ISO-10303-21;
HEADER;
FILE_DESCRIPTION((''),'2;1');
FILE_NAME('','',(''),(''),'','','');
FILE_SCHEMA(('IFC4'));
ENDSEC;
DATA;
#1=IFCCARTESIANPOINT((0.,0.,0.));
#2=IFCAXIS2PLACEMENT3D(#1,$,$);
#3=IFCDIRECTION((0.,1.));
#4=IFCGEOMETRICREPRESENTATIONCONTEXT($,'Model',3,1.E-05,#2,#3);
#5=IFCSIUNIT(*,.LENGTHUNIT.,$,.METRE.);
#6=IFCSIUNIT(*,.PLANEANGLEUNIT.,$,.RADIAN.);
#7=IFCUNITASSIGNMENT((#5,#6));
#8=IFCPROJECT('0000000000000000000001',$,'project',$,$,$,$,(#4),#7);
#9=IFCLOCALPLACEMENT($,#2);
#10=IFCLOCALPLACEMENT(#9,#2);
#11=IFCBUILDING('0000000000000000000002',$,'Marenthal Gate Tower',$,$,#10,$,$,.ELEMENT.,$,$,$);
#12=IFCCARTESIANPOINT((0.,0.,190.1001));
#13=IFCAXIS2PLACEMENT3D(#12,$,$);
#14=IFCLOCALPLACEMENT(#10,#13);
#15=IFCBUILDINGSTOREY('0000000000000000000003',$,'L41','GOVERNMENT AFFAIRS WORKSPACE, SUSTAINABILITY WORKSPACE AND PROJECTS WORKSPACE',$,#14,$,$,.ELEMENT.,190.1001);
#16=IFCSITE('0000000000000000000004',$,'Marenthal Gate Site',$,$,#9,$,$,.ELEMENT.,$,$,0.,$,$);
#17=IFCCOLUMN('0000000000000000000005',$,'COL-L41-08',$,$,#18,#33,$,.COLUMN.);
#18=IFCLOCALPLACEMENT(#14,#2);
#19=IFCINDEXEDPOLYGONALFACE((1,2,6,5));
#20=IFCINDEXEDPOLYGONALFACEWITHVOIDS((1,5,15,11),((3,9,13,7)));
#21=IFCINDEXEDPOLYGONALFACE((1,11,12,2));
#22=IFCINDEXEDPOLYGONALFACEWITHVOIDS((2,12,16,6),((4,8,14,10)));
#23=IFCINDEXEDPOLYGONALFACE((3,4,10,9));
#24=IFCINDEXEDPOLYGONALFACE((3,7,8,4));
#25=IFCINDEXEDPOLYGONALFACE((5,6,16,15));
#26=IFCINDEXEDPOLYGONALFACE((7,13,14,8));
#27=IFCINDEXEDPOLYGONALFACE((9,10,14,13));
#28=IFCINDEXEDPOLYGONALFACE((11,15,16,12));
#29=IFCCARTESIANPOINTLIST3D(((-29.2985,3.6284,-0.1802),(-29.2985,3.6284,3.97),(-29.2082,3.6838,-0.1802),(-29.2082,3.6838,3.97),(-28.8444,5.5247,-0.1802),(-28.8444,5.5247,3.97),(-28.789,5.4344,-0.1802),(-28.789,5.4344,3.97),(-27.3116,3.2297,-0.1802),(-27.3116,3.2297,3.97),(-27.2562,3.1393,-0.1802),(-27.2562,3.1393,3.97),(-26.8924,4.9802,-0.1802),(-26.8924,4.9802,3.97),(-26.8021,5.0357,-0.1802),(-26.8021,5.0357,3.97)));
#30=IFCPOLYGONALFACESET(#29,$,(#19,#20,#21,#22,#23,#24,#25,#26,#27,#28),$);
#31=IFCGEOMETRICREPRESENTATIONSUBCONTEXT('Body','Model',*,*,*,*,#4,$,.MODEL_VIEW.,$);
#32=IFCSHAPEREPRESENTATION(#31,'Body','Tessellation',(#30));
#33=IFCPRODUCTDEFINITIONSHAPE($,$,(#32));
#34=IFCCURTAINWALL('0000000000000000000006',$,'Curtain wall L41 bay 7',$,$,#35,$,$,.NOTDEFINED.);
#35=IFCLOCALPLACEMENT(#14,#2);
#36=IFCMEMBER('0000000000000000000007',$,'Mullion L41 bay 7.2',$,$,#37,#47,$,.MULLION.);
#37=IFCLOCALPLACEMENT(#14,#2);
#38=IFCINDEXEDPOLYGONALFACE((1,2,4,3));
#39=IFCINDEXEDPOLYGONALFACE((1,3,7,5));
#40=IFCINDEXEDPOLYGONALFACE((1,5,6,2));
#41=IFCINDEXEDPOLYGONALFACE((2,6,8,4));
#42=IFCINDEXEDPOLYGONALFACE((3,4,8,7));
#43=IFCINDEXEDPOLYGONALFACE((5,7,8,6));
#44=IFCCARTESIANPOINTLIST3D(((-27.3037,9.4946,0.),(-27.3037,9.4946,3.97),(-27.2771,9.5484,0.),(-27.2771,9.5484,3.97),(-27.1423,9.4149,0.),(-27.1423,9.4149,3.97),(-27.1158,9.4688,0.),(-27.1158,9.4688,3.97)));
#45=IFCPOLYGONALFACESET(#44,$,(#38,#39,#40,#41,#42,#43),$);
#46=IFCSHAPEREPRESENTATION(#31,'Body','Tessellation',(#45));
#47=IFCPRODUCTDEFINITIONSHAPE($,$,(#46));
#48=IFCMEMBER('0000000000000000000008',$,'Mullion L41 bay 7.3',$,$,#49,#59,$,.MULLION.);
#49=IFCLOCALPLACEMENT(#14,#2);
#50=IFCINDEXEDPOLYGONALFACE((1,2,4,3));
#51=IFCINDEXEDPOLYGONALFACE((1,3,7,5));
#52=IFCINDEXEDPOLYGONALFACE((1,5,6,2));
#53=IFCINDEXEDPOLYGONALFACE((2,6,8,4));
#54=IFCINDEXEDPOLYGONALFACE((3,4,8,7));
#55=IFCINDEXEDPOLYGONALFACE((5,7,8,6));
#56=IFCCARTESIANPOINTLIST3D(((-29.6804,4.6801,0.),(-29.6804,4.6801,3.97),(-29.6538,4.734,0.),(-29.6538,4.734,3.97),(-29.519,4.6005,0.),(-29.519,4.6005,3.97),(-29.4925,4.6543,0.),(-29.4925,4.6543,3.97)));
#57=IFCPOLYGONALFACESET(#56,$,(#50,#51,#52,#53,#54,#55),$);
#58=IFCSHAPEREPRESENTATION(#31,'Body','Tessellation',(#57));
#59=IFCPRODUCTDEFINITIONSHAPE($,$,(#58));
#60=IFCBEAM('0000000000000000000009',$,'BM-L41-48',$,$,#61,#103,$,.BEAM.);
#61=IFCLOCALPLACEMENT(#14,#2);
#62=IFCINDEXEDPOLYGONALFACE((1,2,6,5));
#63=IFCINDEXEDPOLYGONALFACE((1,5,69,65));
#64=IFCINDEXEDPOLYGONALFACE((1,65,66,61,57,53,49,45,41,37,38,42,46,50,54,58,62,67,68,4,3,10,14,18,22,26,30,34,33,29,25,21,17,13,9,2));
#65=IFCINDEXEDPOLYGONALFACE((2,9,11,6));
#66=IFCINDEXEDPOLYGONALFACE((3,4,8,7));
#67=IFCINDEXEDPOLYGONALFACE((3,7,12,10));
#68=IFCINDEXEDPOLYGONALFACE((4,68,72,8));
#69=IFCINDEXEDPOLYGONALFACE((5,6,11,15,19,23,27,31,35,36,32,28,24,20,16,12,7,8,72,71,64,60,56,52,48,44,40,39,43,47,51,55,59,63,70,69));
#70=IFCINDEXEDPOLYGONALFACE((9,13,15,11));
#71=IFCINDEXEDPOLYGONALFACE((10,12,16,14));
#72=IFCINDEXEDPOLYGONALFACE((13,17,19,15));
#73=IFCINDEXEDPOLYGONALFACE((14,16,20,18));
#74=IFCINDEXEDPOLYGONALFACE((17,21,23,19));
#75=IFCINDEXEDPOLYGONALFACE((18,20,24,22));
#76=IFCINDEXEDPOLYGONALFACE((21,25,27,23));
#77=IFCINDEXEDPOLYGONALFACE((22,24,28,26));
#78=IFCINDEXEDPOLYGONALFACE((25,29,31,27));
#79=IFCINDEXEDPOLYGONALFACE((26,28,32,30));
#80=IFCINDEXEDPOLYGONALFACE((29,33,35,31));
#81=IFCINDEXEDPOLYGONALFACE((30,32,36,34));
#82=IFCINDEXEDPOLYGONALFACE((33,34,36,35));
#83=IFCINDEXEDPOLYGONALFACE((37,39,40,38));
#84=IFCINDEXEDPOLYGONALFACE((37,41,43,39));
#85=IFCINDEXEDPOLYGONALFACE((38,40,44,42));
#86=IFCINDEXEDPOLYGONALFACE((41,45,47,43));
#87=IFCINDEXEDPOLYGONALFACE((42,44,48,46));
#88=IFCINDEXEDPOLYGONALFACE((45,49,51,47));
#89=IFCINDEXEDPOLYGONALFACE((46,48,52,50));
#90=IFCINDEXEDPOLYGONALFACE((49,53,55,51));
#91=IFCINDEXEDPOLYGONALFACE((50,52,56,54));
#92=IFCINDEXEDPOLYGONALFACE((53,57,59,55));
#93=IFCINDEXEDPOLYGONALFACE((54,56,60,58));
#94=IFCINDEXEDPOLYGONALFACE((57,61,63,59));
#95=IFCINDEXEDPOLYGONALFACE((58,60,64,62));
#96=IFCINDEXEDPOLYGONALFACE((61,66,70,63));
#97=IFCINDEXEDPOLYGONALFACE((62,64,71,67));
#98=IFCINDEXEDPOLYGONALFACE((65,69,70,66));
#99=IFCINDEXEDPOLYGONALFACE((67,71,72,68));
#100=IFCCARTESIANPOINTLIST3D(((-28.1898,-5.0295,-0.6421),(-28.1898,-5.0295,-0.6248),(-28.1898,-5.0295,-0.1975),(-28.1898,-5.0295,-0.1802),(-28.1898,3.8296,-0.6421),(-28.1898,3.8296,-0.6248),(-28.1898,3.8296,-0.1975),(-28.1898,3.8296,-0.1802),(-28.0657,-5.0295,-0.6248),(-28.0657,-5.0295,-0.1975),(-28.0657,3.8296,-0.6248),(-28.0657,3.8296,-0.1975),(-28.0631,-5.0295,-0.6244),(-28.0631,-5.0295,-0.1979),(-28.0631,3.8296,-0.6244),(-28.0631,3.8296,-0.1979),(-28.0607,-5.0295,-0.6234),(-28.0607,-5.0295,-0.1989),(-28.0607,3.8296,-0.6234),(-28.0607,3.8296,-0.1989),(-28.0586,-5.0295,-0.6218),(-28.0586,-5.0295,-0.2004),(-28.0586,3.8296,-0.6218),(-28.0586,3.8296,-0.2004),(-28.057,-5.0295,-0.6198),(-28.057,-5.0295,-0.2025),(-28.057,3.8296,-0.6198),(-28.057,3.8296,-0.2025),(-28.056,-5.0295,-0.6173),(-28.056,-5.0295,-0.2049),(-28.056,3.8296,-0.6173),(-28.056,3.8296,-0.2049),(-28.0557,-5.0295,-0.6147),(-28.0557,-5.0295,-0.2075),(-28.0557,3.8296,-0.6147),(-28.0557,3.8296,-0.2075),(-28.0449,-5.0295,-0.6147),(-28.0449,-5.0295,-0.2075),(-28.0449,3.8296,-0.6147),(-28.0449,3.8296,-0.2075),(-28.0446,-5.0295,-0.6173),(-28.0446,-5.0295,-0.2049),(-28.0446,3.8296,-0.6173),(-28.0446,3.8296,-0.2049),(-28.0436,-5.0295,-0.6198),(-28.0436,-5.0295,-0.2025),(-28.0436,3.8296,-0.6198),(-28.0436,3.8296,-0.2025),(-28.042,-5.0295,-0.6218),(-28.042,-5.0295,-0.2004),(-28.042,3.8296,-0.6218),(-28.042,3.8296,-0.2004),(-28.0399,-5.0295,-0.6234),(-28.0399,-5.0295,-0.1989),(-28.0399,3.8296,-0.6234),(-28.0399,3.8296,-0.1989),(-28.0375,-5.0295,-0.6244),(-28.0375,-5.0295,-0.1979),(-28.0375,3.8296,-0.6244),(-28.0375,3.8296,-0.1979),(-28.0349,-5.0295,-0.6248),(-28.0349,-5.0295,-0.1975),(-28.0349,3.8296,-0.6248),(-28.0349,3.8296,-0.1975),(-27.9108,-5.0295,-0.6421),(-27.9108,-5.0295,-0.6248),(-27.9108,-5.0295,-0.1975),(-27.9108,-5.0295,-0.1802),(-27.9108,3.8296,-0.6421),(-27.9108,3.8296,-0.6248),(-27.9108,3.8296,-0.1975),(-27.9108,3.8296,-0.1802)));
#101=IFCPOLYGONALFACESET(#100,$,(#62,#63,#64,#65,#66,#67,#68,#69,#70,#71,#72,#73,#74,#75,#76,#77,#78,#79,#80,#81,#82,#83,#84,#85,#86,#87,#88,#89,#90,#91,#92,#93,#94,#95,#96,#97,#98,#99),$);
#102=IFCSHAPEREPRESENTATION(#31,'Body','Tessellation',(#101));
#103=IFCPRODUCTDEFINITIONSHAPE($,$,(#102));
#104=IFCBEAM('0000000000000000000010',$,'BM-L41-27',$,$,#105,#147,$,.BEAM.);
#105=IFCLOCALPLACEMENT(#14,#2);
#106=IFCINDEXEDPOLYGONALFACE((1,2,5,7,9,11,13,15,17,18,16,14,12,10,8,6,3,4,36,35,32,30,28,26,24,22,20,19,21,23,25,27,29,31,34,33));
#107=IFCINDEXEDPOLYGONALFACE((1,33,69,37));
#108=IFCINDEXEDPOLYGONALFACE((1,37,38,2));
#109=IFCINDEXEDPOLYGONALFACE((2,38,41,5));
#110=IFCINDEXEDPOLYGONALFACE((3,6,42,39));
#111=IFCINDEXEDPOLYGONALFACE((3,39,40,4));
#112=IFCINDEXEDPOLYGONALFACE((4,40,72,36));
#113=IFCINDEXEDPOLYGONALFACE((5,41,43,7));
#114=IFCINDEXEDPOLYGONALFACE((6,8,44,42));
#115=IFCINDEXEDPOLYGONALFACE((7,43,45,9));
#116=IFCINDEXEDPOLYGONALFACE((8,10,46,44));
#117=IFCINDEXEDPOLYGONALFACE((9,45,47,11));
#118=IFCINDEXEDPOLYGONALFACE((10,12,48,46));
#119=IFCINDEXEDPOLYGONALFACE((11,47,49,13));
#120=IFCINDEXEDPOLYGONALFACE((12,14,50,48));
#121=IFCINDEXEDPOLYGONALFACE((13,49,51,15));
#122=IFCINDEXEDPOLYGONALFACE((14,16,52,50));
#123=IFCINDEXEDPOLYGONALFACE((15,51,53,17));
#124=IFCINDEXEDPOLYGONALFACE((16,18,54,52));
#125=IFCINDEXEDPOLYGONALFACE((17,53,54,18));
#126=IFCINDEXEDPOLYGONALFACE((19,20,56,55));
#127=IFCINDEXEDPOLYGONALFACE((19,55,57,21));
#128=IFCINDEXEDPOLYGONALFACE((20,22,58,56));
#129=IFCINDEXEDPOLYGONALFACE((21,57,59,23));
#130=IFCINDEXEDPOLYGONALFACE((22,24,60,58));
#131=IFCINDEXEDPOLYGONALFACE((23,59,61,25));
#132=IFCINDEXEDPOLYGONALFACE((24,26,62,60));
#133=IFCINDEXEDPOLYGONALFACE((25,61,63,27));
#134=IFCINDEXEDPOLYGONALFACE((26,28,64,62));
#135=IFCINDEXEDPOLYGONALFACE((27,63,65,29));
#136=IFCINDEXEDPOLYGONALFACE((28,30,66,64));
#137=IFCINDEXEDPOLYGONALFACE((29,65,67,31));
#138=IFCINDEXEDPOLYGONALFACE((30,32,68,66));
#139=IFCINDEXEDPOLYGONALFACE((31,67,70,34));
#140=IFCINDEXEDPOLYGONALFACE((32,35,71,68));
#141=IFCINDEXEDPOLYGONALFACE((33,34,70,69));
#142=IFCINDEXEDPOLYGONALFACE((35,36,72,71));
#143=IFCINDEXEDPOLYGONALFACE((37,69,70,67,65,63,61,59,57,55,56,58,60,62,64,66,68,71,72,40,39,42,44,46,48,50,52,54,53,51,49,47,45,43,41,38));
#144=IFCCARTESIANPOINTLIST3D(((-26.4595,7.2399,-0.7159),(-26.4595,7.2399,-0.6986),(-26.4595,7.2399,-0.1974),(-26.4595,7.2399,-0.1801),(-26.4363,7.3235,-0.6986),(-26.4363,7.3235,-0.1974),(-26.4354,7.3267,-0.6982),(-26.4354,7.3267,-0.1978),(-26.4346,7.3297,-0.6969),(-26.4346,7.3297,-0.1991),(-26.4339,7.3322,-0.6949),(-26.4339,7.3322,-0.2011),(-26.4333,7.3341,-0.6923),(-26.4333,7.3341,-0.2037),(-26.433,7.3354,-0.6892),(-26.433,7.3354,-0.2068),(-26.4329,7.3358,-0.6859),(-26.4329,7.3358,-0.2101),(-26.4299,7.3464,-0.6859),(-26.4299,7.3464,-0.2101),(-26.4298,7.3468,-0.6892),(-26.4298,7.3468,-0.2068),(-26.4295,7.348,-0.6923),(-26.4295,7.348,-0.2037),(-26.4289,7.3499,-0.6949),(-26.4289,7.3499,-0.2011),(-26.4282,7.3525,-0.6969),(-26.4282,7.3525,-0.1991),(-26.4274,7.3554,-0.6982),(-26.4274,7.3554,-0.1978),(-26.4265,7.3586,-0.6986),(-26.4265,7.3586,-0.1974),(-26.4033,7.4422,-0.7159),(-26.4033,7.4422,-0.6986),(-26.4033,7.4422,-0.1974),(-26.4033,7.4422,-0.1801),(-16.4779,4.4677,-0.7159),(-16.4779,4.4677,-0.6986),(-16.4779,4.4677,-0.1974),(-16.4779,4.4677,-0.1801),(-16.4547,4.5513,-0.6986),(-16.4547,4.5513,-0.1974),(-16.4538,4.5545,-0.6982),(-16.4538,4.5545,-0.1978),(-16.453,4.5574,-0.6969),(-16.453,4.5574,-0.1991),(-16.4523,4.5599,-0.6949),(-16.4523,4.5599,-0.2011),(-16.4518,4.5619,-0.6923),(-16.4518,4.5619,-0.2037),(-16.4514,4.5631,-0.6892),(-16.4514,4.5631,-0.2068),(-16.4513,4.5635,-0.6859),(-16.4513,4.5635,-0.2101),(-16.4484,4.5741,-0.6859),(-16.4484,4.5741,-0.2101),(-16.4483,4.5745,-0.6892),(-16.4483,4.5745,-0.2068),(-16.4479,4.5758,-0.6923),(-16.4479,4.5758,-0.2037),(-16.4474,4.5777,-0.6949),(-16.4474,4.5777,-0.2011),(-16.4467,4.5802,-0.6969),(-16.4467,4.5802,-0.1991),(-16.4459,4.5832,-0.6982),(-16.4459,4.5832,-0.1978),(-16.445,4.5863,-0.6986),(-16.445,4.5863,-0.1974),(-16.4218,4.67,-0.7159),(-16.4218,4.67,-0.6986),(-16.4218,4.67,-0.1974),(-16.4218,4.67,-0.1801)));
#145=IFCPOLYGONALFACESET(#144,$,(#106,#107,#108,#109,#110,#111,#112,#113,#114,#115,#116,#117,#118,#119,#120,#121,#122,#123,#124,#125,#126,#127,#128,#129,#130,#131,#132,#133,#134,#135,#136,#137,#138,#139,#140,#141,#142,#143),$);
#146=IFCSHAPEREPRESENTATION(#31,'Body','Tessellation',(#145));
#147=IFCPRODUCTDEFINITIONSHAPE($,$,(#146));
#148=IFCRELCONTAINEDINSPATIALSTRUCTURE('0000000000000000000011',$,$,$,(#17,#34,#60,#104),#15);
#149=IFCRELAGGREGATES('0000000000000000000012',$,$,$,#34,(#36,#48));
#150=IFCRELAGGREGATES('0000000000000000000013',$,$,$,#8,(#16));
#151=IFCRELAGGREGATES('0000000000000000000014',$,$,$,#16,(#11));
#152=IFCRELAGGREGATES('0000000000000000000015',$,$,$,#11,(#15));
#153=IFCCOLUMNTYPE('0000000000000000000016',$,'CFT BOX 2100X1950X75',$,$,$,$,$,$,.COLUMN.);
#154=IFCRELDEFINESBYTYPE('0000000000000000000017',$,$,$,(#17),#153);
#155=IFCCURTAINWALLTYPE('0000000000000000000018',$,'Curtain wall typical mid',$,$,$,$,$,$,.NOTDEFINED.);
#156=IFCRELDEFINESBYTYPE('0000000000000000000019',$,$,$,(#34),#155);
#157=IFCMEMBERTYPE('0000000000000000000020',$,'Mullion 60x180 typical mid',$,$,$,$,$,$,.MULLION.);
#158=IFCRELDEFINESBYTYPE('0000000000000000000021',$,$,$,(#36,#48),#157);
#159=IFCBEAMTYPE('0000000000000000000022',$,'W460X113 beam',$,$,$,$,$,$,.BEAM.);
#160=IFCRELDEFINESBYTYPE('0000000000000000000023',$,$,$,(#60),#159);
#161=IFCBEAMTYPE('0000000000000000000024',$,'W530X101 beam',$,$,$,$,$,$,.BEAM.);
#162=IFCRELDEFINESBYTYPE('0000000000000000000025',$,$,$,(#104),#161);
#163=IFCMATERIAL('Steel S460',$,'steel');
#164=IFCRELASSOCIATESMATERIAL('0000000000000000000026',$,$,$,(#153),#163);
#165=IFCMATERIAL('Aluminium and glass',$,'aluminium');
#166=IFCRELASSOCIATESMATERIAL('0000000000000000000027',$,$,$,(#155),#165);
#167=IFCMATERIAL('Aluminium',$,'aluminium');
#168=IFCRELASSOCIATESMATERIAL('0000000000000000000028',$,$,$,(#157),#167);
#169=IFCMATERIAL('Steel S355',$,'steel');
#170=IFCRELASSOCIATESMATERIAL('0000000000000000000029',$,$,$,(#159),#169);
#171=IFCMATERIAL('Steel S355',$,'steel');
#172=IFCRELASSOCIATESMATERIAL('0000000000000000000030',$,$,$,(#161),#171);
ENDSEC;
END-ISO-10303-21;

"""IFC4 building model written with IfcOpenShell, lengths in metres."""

from ifc_helpers import new_model, si_unit, direction, frame, origin, origin_2d, place, context, subcontext, project, spatial, rectangle, hollow_rectangle, i_section, extrude, material, material_profile, profile_set, type_object, element, aggregate, save


model = new_model("IFC4")

# Units and contexts
model_context = context("Model", 3, precision=1e-05, world=origin(), true_north=direction((0.0, 1.0)))
body_context = subcontext(model_context, "Body", "Model", "MODEL_VIEW")
ifc_project = project(units=[si_unit("LENGTHUNIT", "METRE"), si_unit("PLANEANGLEUNIT", "RADIAN")], contexts=[model_context])

# Site, building, storey
site_placement = place(None, origin())
site = spatial("IfcSite", under=ifc_project, at=site_placement, Name="Marenthal Gate Site", CompositionType="ELEMENT", RefElevation=0.0)
building_placement = place(site_placement, origin())
building = spatial("IfcBuilding", under=site, at=building_placement, Name="Marenthal Gate Tower", CompositionType="ELEMENT")
storey_placement = place(building_placement, frame((0.0, 0.0, 190.1001)))
storey = spatial("IfcBuildingStorey", under=building, at=storey_placement, Name="L41", Description="GOVERNMENT AFFAIRS WORKSPACE, SUSTAINABILITY WORKSPACE AND PROJECTS WORKSPACE", CompositionType="ELEMENT", Elevation=190.1001)

# Column
ifc_material_1 = material(Name="Steel S460", Category="steel")
ifc_material_profile_1 = material_profile(ifc_material_1, hollow_rectangle(XDim=1.95, YDim=2.1001, WallThickness=0.075, at=origin_2d()), Name="CFT BOX 2100X1950X75")
ifc_material_2 = material(Name="Concrete 70 MPa", Category="concrete")
ifc_material_profile_2 = material_profile(ifc_material_2, rectangle(XDim=1.8, YDim=1.95, at=origin_2d()), Name="CFT BOX 2100X1950X75 INFILL")
ifc_profile_set_1 = profile_set([ifc_material_profile_1, ifc_material_profile_2], Name="Steel S460 shell, Concrete 70 MPa infill")
column_type = type_object("IfcColumnType", Name="CFT BOX 2100X1950X75", PredefinedType="COLUMN", material=ifc_profile_set_1)
column_placement = place(storey_placement, frame((-28.0503, 4.332, -0.1802), z_axis=(0.0, 0.0, 1.0), x_axis=(0.23288, 0.972505, 0.0)))
element("IfcColumn", 1, at=column_placement, inside=storey, type_object=column_type, Name="COL-L41-08", PredefinedType="COLUMN", context=body_context, shape_type="SweptSolid", body=[
    extrude(hollow_rectangle(XDim=1.95, YDim=2.1001, WallThickness=0.075, at=origin_2d()), origin(), (0.0, 0.0, 1.0), 4.1501),
])

# Curtain wall, members
ifc_material_3 = material(Name="Aluminium and glass", Category="aluminium")
curtain_wall_type = type_object("IfcCurtainWallType", Name="Curtain wall typical mid", PredefinedType="NOTDEFINED", material=ifc_material_3)
curtain_wall_placement = place(storey_placement, origin())
curtain_wall = element("IfcCurtainWall", 2, at=curtain_wall_placement, inside=storey, type_object=curtain_wall_type, Name="Curtain wall L41 bay 7", PredefinedType="NOTDEFINED")
ifc_material_4 = material(Name="Aluminium", Category="aluminium")
ifc_material_profile_3 = material_profile(ifc_material_4, rectangle(XDim=0.1799, YDim=0.0601, at=origin_2d()), Name="60x180 aluminium mullion")
ifc_profile_set_2 = profile_set([ifc_material_profile_3], Name="Aluminium")
member_type = type_object("IfcMemberType", Name="Mullion 60x180 typical mid", PredefinedType="MULLION", material=ifc_profile_set_2)
member_1_placement = place(storey_placement, frame((-27.2097, 9.4817, 0.0), z_axis=(0.0, 0.0, 1.0), x_axis=(0.896681, -0.442678, 0.0)))
member_1 = element("IfcMember", 3, at=member_1_placement, type_object=member_type, Name="Mullion L41 bay 7.2", PredefinedType="MULLION", context=body_context, shape_type="SweptSolid", body=[
    extrude(rectangle(XDim=0.1799, YDim=0.0601, at=origin_2d()), origin(), (0.0, 0.0, 1.0), 3.97),
])
member_2_placement = place(storey_placement, frame((-29.5864, 4.6672, 0.0), z_axis=(0.0, 0.0, 1.0), x_axis=(0.896681, -0.442678, 0.0)))
member_2 = element("IfcMember", 4, at=member_2_placement, type_object=member_type, Name="Mullion L41 bay 7.3", PredefinedType="MULLION", context=body_context, shape_type="SweptSolid", body=[
    extrude(rectangle(XDim=0.1799, YDim=0.0601, at=origin_2d()), origin(), (0.0, 0.0, 1.0), 3.97),
])

# Beams
ifc_material_5 = material(Name="Steel S355", Category="steel")
ifc_material_profile_4 = material_profile(ifc_material_5, i_section(OverallWidth=0.2791, OverallDepth=0.4619, WebThickness=0.0107, FlangeThickness=0.0173, FilletRadius=0.01, at=origin_2d()), Name="W460X113")
ifc_profile_set_3 = profile_set([ifc_material_profile_4], Name="Steel S355")
beam_type_1 = type_object("IfcBeamType", Name="W460X113 beam", PredefinedType="BEAM", material=ifc_profile_set_3)
beam_1_placement = place(storey_placement, frame((-28.0503, 3.8296, -0.4111), z_axis=(0.0, -1.0, 0.0), x_axis=(1.0, 0.0, 0.0)))
element("IfcBeam", 5, at=beam_1_placement, inside=storey, type_object=beam_type_1, Name="BM-L41-48", PredefinedType="BEAM", context=body_context, shape_type="SweptSolid", body=[
    extrude(i_section(OverallWidth=0.2791, OverallDepth=0.4619, WebThickness=0.0107, FlangeThickness=0.0173, FilletRadius=0.01, at=origin_2d()), origin(), (0.0, 0.0, 1.0), 8.8591),
])
ifc_material_6 = material(Name="Steel S355", Category="steel")
ifc_material_profile_5 = material_profile(ifc_material_6, i_section(OverallWidth=0.21, OverallDepth=0.5359, WebThickness=0.011, FlangeThickness=0.0173, FilletRadius=0.0127, at=origin_2d()), Name="W530X101")
ifc_profile_set_4 = profile_set([ifc_material_profile_5], Name="Steel S355")
beam_type_2 = type_object("IfcBeamType", Name="W530X101 beam", PredefinedType="BEAM", material=ifc_profile_set_4)
beam_2_placement = place(storey_placement, frame((-26.4314, 7.3411, -0.448), z_axis=(0.963528, -0.267607, 0.0), x_axis=(0.267607, 0.963528, 0.0)))
element("IfcBeam", 6, at=beam_2_placement, inside=storey, type_object=beam_type_2, Name="BM-L41-27", PredefinedType="BEAM", context=body_context, shape_type="SweptSolid", body=[
    extrude(i_section(OverallWidth=0.21, OverallDepth=0.5359, WebThickness=0.011, FlangeThickness=0.0173, FilletRadius=0.0127, at=origin_2d()), origin(), (0.0, 0.0, 1.0), 10.3594),
])

aggregate(curtain_wall, [member_1, member_2])

save(model, "model.ifc")
